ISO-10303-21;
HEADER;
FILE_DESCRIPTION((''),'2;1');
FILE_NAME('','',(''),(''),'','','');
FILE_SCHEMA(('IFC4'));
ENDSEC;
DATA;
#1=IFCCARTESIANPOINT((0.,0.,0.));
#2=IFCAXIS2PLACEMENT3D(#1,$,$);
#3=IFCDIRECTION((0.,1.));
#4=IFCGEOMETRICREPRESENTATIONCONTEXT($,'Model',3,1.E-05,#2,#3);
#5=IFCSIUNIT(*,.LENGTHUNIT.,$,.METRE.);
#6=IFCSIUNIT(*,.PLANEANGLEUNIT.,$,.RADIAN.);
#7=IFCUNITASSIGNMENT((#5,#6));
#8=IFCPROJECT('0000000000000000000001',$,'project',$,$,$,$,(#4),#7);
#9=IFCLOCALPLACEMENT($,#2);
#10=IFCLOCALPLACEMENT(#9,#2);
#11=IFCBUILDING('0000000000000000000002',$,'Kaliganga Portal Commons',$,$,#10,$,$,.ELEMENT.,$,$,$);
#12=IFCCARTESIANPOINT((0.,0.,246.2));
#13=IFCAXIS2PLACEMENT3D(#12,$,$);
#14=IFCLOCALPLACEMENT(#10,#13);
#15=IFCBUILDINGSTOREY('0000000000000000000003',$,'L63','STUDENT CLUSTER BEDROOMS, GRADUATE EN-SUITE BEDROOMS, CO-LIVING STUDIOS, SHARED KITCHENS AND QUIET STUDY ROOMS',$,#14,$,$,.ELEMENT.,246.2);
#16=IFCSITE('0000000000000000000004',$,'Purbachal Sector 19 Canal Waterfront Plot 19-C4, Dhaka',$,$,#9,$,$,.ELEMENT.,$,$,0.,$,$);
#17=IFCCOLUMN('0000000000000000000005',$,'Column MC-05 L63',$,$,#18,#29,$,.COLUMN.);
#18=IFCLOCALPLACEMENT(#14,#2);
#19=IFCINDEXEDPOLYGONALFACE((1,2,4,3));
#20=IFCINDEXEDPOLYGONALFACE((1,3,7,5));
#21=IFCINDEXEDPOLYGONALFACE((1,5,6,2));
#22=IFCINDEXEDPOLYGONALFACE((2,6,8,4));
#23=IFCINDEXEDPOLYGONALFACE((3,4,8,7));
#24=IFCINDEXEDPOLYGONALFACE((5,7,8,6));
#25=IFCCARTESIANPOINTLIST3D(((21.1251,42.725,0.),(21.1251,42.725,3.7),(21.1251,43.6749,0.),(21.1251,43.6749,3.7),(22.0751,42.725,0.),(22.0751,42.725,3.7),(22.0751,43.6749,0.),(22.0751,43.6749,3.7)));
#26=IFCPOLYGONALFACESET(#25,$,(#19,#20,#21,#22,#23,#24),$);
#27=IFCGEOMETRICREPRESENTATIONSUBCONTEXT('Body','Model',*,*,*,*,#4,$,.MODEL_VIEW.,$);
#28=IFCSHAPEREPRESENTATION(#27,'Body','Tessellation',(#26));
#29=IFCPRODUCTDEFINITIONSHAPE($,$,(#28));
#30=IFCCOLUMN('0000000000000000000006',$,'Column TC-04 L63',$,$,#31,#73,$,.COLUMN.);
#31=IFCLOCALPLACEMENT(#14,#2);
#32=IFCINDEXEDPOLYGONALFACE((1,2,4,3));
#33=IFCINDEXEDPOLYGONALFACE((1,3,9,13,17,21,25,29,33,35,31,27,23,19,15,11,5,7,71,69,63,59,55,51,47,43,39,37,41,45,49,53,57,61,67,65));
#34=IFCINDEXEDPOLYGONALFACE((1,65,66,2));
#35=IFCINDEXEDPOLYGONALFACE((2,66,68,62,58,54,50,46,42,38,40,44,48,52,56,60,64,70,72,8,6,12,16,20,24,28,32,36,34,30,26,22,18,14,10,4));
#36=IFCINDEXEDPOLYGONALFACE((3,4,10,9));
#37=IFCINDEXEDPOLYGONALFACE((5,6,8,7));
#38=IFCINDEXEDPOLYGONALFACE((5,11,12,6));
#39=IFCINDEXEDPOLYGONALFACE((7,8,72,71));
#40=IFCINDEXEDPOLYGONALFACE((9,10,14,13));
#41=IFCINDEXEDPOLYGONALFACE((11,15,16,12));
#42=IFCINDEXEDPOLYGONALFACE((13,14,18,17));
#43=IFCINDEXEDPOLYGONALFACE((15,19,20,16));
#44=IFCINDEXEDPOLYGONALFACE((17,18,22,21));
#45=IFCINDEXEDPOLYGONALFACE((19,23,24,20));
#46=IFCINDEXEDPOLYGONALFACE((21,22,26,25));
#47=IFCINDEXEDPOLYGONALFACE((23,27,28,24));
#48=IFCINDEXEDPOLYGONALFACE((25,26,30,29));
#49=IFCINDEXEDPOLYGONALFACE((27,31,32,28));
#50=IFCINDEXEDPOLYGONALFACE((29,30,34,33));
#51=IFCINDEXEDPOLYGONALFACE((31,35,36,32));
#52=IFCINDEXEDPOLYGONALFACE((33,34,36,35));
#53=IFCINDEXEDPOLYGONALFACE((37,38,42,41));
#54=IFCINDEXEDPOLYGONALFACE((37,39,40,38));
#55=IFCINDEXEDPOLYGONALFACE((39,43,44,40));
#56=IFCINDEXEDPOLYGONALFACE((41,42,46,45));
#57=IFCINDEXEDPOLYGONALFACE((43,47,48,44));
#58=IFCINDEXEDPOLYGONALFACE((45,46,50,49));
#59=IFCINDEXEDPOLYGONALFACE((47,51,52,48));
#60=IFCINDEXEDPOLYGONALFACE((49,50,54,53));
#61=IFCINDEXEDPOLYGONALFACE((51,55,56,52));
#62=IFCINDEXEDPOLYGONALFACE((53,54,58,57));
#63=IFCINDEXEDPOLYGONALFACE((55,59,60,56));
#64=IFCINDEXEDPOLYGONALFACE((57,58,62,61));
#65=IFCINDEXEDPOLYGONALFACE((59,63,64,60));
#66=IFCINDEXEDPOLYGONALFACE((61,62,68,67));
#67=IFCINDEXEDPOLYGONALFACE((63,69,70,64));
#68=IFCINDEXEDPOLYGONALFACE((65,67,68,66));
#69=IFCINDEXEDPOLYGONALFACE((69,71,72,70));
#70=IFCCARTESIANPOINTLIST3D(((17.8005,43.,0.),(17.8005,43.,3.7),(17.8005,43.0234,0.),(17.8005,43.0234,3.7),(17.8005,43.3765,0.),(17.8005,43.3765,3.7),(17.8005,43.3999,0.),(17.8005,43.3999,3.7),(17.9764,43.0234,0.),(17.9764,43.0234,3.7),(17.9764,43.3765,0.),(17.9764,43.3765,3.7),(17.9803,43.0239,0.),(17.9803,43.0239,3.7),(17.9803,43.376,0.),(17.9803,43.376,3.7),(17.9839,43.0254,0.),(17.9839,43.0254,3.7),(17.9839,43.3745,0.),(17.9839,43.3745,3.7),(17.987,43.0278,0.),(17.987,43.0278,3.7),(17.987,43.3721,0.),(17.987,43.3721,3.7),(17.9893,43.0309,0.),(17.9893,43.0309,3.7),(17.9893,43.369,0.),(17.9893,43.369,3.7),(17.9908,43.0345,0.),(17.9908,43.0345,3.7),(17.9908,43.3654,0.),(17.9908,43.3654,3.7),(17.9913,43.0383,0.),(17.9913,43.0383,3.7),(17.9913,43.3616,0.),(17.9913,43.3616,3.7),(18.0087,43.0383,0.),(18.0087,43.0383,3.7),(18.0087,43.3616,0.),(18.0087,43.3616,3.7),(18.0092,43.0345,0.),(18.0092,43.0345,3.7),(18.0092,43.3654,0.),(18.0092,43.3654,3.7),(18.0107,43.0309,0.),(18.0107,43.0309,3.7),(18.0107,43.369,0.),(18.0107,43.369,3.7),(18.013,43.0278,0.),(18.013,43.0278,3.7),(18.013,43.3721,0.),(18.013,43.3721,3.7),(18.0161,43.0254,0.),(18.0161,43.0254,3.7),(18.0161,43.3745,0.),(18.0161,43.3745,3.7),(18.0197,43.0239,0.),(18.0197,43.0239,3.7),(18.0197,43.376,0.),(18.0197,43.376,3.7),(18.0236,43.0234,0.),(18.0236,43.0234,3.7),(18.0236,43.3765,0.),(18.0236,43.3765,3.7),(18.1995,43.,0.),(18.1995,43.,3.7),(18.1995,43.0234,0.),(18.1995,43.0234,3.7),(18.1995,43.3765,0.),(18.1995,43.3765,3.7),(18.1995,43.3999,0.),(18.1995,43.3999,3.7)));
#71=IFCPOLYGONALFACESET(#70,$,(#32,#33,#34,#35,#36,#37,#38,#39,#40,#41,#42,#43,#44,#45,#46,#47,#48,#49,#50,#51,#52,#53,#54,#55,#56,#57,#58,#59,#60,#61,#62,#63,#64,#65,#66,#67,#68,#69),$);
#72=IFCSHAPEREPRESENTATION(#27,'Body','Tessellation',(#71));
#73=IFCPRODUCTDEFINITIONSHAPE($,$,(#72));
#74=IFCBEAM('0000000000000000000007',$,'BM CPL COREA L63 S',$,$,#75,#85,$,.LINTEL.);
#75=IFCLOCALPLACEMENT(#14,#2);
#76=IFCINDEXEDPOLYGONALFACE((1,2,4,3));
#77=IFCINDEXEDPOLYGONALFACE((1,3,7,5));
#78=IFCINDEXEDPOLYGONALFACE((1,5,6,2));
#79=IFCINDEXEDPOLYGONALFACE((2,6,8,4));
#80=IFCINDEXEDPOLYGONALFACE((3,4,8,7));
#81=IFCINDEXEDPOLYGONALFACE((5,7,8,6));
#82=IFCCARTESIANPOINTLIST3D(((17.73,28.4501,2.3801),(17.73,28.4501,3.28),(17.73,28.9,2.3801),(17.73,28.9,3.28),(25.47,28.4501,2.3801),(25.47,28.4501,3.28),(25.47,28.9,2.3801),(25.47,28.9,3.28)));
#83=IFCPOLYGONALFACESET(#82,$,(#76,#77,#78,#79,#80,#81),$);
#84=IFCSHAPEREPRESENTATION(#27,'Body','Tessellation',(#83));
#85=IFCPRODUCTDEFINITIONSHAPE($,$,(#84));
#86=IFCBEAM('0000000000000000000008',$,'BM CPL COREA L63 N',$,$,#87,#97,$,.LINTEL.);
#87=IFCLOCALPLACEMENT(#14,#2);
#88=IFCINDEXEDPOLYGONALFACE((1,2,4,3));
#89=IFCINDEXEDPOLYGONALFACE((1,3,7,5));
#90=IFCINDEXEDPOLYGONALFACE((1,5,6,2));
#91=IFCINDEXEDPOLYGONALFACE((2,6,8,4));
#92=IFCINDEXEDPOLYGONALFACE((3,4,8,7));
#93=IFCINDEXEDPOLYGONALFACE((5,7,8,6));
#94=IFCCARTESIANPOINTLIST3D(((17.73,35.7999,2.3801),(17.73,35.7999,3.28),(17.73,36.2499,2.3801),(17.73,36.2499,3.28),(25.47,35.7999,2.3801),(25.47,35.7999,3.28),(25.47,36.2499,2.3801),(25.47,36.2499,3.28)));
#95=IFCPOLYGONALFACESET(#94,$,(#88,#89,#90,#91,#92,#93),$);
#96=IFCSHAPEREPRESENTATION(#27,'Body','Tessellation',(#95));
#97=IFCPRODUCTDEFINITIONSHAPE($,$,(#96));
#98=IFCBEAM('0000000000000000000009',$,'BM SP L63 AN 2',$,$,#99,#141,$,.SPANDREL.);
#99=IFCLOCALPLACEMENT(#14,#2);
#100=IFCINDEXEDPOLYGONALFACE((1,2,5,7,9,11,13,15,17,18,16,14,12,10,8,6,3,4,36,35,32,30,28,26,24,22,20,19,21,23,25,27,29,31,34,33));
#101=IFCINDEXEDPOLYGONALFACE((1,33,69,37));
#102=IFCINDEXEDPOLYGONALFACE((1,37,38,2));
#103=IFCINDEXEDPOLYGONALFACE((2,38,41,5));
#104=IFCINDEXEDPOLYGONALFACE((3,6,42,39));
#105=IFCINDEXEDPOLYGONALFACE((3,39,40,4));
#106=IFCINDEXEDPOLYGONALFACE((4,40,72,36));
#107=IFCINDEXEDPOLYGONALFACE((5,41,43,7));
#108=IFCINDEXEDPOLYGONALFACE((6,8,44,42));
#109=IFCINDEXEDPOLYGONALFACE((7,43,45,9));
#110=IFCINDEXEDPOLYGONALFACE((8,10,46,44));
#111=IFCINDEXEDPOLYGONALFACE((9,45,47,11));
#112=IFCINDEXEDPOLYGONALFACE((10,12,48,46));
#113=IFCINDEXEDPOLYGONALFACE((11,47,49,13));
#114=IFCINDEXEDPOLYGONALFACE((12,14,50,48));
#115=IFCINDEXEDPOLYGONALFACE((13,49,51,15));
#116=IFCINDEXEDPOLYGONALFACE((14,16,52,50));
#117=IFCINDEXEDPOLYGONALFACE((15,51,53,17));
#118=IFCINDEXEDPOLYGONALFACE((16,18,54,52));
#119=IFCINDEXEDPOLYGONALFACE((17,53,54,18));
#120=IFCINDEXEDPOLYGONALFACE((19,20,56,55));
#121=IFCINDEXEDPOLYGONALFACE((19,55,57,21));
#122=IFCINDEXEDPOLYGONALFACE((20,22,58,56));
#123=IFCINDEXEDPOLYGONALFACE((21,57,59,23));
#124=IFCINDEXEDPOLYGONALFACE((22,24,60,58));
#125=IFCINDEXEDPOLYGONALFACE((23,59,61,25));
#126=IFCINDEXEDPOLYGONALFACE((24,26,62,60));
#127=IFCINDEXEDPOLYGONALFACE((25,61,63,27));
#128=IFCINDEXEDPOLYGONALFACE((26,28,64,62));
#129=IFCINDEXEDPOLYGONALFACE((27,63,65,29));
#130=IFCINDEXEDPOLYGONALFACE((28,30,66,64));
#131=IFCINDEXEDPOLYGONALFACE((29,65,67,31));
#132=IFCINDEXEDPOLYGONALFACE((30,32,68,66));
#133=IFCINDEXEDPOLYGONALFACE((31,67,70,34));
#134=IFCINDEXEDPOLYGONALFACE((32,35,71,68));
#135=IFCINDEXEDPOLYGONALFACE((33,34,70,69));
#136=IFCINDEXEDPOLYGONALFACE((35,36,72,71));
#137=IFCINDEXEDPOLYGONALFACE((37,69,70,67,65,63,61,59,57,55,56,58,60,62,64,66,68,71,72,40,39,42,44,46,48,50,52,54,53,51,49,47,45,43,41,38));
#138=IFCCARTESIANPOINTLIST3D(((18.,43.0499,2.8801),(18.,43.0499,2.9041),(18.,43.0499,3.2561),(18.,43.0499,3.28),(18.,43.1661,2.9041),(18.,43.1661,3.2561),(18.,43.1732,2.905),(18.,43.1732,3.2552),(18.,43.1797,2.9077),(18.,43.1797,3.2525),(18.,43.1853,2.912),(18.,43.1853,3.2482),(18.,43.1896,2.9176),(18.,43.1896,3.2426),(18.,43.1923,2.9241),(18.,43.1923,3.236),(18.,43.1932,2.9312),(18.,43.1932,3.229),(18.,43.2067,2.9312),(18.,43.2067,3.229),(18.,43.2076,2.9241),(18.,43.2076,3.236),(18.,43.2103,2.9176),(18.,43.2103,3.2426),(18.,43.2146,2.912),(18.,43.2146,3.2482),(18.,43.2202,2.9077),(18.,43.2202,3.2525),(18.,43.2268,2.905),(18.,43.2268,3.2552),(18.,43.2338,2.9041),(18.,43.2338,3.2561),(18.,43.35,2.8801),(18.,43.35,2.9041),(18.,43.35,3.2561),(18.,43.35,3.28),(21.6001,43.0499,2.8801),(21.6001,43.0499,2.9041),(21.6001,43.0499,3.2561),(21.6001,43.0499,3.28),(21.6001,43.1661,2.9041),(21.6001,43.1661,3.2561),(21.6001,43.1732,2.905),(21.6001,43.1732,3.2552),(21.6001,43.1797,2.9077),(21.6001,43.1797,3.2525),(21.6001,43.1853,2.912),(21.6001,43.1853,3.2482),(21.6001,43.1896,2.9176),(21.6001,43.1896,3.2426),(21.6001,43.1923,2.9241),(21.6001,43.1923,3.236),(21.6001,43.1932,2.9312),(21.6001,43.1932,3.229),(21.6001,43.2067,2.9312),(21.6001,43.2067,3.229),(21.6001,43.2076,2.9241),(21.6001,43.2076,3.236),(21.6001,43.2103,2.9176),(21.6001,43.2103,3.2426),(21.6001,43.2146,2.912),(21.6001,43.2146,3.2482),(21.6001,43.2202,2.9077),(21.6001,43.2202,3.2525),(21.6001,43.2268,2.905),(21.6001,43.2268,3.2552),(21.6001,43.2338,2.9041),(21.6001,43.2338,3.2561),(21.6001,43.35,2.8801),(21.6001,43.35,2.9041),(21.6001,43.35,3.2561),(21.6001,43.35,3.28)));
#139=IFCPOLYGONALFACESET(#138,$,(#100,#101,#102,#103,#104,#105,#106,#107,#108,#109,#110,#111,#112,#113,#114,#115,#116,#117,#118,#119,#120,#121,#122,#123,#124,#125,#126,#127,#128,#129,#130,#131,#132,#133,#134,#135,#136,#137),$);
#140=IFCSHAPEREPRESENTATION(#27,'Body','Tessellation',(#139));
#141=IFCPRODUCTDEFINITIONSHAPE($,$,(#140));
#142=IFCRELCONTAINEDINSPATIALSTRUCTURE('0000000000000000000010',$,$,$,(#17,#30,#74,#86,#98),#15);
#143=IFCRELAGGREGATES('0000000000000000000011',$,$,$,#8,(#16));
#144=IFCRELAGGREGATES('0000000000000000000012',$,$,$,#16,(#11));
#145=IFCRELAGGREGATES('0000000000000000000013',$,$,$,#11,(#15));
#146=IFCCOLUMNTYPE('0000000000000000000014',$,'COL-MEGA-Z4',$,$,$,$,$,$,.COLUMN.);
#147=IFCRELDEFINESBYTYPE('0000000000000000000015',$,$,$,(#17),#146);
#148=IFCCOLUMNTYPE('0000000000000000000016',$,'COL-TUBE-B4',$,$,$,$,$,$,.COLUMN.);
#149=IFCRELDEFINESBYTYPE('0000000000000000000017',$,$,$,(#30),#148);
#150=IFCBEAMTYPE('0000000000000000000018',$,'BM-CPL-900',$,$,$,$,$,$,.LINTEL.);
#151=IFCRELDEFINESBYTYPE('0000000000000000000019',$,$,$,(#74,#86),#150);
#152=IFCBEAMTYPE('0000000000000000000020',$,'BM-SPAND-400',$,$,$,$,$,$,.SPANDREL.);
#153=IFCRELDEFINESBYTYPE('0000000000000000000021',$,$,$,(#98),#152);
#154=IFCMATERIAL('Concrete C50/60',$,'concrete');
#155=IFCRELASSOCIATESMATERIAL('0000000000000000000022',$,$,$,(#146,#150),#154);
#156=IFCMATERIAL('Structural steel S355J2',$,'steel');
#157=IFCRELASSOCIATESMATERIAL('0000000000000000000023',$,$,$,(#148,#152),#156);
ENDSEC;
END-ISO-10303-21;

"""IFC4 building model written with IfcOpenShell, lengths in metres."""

from ifc_helpers import new_model, si_unit, direction, frame, origin, origin_2d, place, context, subcontext, project, spatial, rectangle, i_section, extrude, source, transform, mapped, material, material_profile, profile_set, type_object, element, save


model = new_model("IFC4")

# Units and contexts
model_context = context("Model", 3, precision=1e-05, world=origin(), true_north=direction((0.0, 1.0)))
body_context = subcontext(model_context, "Body", "Model", "MODEL_VIEW")
ifc_project = project(units=[si_unit("LENGTHUNIT", "METRE"), si_unit("PLANEANGLEUNIT", "RADIAN")], contexts=[model_context])

# Site, building, storey
site_placement = place(None, origin())
site = spatial("IfcSite", under=ifc_project, at=site_placement, Name="Purbachal Sector 19 Canal Waterfront Plot 19-C4, Dhaka", CompositionType="ELEMENT", RefElevation=0.0)
building_placement = place(site_placement, origin())
building = spatial("IfcBuilding", under=site, at=building_placement, Name="Kaliganga Portal Commons", CompositionType="ELEMENT")
storey_placement = place(building_placement, frame((0.0, 0.0, 246.2)))
storey = spatial("IfcBuildingStorey", under=building, at=storey_placement, Name="L63", Description="STUDENT CLUSTER BEDROOMS, GRADUATE EN-SUITE BEDROOMS, CO-LIVING STUDIOS, SHARED KITCHENS AND QUIET STUDY ROOMS", CompositionType="ELEMENT", Elevation=246.2)

# Columns
ifc_material_1 = material(Name="Concrete C50/60", Category="concrete")
ifc_material_profile_1 = material_profile(ifc_material_1, rectangle(XDim=0.95, YDim=0.95, at=origin_2d()), Name="RC 950x950")
ifc_profile_set_1 = profile_set([ifc_material_profile_1], Name="Concrete C50/60")
column_type_1 = type_object("IfcColumnType", Name="COL-MEGA-Z4", PredefinedType="COLUMN", material=ifc_profile_set_1)
shared_shape_1 = source(origin(), body_context, "Body", "SweptSolid", [
    extrude(rectangle(XDim=0.95, YDim=0.95, at=origin_2d()), origin(), (0.0, 0.0, 1.0), 3.7),
])
column_1_placement = place(storey_placement, frame((21.6001, 43.2, 0.0), z_axis=(0.0, 0.0, 1.0), x_axis=(1.0, 0.0, 0.0)))
element("IfcColumn", 1, at=column_1_placement, inside=storey, type_object=column_type_1, Name="Column MC-05 L63", PredefinedType="COLUMN", context=body_context, shape_type="MappedRepresentation", body=[
    mapped(shared_shape_1, transform((0.0, 0.0, 0.0), x_axis=(1.0, 0.0, 0.0), y_axis=(0.0, 1.0, 0.0), z_axis=(0.0, 0.0, 1.0), scale=1.0)),
])
ifc_material_2 = material(Name="Structural steel S355J2", Category="steel")
ifc_material_profile_2 = material_profile(ifc_material_2, i_section(OverallWidth=0.3989, OverallDepth=0.3999, WebThickness=0.0173, FlangeThickness=0.0234, FilletRadius=0.0149, at=origin_2d()), Name="HD 400x287")
ifc_profile_set_2 = profile_set([ifc_material_profile_2], Name="Structural steel S355J2 wide-flange")
column_type_2 = type_object("IfcColumnType", Name="COL-TUBE-B4", PredefinedType="COLUMN", material=ifc_profile_set_2)
shared_shape_2 = source(origin(), body_context, "Body", "SweptSolid", [
    extrude(i_section(OverallWidth=0.3989, OverallDepth=0.3999, WebThickness=0.0173, FlangeThickness=0.0234, FilletRadius=0.0149, at=origin_2d()), origin(), (0.0, 0.0, 1.0), 3.7),
])
column_2_placement = place(storey_placement, frame((18.0, 43.2, 0.0), z_axis=(0.0, 0.0, 1.0), x_axis=(1.0, 0.0, 0.0)))
element("IfcColumn", 2, at=column_2_placement, inside=storey, type_object=column_type_2, Name="Column TC-04 L63", PredefinedType="COLUMN", context=body_context, shape_type="MappedRepresentation", body=[
    mapped(shared_shape_2, transform((0.0, 0.0, 0.0), x_axis=(1.0, 0.0, 0.0), y_axis=(0.0, 1.0, 0.0), z_axis=(0.0, 0.0, 1.0), scale=1.0)),
])

# Beams
ifc_material_profile_3 = material_profile(ifc_material_1, rectangle(XDim=0.45, YDim=0.8999, at=origin_2d()), Name="RC 450x900")
ifc_profile_set_3 = profile_set([ifc_material_profile_3], Name="Concrete C50/60")
beam_type_1 = type_object("IfcBeamType", Name="BM-CPL-900", PredefinedType="LINTEL", material=ifc_profile_set_3)
shared_shape_3 = source(origin(), body_context, "Body", "SweptSolid", [
    extrude(rectangle(XDim=0.45, YDim=0.8999, at=origin_2d()), origin(), (0.0, 0.0, 1.0), 7.74),
])
for number, where, z_axis, x_axis, name in (
    (3, (17.73, 28.675, 2.8301), (1.0, 0.0, 0.0), (0.0, 1.0, 0.0), "BM CPL COREA L63 S"),
    (4, (17.73, 36.0249, 2.8301), (1.0, 0.0, 0.0), (0.0, 1.0, 0.0), "BM CPL COREA L63 N"),
):
    element("IfcBeam", number, at=place(storey_placement, frame(where, z_axis=z_axis, x_axis=x_axis)), inside=storey, type_object=beam_type_1, Name=name, PredefinedType="LINTEL", context=body_context, shape_type="MappedRepresentation", body=[
        mapped(shared_shape_3, transform((0.0, 0.0, 0.0), x_axis=(1.0, 0.0, 0.0), y_axis=(0.0, 1.0, 0.0), z_axis=(0.0, 0.0, 1.0), scale=1.0)),
    ])
ifc_material_profile_4 = material_profile(ifc_material_2, i_section(OverallWidth=0.3, OverallDepth=0.3999, WebThickness=0.0134, FlangeThickness=0.0239, FilletRadius=0.0271, at=origin_2d()), Name="HE 400 B")
ifc_profile_set_4 = profile_set([ifc_material_profile_4], Name="Structural steel S355J2 wide-flange")
beam_type_2 = type_object("IfcBeamType", Name="BM-SPAND-400", PredefinedType="SPANDREL", material=ifc_profile_set_4)
shared_shape_4 = source(origin(), body_context, "Body", "SweptSolid", [
    extrude(i_section(OverallWidth=0.3, OverallDepth=0.3999, WebThickness=0.0134, FlangeThickness=0.0239, FilletRadius=0.0271, at=origin_2d()), origin(), (0.0, 0.0, 1.0), 3.6001),
])
beam_1_placement = place(storey_placement, frame((18.0, 43.2, 3.0801), z_axis=(1.0, 0.0, 0.0), x_axis=(0.0, 1.0, 0.0)))
element("IfcBeam", 5, at=beam_1_placement, inside=storey, type_object=beam_type_2, Name="BM SP L63 AN 2", PredefinedType="SPANDREL", context=body_context, shape_type="MappedRepresentation", body=[
    mapped(shared_shape_4, transform((0.0, 0.0, 0.0), x_axis=(1.0, 0.0, 0.0), y_axis=(0.0, 1.0, 0.0), z_axis=(0.0, 0.0, 1.0), scale=1.0)),
])

save(model, "model.ifc")
